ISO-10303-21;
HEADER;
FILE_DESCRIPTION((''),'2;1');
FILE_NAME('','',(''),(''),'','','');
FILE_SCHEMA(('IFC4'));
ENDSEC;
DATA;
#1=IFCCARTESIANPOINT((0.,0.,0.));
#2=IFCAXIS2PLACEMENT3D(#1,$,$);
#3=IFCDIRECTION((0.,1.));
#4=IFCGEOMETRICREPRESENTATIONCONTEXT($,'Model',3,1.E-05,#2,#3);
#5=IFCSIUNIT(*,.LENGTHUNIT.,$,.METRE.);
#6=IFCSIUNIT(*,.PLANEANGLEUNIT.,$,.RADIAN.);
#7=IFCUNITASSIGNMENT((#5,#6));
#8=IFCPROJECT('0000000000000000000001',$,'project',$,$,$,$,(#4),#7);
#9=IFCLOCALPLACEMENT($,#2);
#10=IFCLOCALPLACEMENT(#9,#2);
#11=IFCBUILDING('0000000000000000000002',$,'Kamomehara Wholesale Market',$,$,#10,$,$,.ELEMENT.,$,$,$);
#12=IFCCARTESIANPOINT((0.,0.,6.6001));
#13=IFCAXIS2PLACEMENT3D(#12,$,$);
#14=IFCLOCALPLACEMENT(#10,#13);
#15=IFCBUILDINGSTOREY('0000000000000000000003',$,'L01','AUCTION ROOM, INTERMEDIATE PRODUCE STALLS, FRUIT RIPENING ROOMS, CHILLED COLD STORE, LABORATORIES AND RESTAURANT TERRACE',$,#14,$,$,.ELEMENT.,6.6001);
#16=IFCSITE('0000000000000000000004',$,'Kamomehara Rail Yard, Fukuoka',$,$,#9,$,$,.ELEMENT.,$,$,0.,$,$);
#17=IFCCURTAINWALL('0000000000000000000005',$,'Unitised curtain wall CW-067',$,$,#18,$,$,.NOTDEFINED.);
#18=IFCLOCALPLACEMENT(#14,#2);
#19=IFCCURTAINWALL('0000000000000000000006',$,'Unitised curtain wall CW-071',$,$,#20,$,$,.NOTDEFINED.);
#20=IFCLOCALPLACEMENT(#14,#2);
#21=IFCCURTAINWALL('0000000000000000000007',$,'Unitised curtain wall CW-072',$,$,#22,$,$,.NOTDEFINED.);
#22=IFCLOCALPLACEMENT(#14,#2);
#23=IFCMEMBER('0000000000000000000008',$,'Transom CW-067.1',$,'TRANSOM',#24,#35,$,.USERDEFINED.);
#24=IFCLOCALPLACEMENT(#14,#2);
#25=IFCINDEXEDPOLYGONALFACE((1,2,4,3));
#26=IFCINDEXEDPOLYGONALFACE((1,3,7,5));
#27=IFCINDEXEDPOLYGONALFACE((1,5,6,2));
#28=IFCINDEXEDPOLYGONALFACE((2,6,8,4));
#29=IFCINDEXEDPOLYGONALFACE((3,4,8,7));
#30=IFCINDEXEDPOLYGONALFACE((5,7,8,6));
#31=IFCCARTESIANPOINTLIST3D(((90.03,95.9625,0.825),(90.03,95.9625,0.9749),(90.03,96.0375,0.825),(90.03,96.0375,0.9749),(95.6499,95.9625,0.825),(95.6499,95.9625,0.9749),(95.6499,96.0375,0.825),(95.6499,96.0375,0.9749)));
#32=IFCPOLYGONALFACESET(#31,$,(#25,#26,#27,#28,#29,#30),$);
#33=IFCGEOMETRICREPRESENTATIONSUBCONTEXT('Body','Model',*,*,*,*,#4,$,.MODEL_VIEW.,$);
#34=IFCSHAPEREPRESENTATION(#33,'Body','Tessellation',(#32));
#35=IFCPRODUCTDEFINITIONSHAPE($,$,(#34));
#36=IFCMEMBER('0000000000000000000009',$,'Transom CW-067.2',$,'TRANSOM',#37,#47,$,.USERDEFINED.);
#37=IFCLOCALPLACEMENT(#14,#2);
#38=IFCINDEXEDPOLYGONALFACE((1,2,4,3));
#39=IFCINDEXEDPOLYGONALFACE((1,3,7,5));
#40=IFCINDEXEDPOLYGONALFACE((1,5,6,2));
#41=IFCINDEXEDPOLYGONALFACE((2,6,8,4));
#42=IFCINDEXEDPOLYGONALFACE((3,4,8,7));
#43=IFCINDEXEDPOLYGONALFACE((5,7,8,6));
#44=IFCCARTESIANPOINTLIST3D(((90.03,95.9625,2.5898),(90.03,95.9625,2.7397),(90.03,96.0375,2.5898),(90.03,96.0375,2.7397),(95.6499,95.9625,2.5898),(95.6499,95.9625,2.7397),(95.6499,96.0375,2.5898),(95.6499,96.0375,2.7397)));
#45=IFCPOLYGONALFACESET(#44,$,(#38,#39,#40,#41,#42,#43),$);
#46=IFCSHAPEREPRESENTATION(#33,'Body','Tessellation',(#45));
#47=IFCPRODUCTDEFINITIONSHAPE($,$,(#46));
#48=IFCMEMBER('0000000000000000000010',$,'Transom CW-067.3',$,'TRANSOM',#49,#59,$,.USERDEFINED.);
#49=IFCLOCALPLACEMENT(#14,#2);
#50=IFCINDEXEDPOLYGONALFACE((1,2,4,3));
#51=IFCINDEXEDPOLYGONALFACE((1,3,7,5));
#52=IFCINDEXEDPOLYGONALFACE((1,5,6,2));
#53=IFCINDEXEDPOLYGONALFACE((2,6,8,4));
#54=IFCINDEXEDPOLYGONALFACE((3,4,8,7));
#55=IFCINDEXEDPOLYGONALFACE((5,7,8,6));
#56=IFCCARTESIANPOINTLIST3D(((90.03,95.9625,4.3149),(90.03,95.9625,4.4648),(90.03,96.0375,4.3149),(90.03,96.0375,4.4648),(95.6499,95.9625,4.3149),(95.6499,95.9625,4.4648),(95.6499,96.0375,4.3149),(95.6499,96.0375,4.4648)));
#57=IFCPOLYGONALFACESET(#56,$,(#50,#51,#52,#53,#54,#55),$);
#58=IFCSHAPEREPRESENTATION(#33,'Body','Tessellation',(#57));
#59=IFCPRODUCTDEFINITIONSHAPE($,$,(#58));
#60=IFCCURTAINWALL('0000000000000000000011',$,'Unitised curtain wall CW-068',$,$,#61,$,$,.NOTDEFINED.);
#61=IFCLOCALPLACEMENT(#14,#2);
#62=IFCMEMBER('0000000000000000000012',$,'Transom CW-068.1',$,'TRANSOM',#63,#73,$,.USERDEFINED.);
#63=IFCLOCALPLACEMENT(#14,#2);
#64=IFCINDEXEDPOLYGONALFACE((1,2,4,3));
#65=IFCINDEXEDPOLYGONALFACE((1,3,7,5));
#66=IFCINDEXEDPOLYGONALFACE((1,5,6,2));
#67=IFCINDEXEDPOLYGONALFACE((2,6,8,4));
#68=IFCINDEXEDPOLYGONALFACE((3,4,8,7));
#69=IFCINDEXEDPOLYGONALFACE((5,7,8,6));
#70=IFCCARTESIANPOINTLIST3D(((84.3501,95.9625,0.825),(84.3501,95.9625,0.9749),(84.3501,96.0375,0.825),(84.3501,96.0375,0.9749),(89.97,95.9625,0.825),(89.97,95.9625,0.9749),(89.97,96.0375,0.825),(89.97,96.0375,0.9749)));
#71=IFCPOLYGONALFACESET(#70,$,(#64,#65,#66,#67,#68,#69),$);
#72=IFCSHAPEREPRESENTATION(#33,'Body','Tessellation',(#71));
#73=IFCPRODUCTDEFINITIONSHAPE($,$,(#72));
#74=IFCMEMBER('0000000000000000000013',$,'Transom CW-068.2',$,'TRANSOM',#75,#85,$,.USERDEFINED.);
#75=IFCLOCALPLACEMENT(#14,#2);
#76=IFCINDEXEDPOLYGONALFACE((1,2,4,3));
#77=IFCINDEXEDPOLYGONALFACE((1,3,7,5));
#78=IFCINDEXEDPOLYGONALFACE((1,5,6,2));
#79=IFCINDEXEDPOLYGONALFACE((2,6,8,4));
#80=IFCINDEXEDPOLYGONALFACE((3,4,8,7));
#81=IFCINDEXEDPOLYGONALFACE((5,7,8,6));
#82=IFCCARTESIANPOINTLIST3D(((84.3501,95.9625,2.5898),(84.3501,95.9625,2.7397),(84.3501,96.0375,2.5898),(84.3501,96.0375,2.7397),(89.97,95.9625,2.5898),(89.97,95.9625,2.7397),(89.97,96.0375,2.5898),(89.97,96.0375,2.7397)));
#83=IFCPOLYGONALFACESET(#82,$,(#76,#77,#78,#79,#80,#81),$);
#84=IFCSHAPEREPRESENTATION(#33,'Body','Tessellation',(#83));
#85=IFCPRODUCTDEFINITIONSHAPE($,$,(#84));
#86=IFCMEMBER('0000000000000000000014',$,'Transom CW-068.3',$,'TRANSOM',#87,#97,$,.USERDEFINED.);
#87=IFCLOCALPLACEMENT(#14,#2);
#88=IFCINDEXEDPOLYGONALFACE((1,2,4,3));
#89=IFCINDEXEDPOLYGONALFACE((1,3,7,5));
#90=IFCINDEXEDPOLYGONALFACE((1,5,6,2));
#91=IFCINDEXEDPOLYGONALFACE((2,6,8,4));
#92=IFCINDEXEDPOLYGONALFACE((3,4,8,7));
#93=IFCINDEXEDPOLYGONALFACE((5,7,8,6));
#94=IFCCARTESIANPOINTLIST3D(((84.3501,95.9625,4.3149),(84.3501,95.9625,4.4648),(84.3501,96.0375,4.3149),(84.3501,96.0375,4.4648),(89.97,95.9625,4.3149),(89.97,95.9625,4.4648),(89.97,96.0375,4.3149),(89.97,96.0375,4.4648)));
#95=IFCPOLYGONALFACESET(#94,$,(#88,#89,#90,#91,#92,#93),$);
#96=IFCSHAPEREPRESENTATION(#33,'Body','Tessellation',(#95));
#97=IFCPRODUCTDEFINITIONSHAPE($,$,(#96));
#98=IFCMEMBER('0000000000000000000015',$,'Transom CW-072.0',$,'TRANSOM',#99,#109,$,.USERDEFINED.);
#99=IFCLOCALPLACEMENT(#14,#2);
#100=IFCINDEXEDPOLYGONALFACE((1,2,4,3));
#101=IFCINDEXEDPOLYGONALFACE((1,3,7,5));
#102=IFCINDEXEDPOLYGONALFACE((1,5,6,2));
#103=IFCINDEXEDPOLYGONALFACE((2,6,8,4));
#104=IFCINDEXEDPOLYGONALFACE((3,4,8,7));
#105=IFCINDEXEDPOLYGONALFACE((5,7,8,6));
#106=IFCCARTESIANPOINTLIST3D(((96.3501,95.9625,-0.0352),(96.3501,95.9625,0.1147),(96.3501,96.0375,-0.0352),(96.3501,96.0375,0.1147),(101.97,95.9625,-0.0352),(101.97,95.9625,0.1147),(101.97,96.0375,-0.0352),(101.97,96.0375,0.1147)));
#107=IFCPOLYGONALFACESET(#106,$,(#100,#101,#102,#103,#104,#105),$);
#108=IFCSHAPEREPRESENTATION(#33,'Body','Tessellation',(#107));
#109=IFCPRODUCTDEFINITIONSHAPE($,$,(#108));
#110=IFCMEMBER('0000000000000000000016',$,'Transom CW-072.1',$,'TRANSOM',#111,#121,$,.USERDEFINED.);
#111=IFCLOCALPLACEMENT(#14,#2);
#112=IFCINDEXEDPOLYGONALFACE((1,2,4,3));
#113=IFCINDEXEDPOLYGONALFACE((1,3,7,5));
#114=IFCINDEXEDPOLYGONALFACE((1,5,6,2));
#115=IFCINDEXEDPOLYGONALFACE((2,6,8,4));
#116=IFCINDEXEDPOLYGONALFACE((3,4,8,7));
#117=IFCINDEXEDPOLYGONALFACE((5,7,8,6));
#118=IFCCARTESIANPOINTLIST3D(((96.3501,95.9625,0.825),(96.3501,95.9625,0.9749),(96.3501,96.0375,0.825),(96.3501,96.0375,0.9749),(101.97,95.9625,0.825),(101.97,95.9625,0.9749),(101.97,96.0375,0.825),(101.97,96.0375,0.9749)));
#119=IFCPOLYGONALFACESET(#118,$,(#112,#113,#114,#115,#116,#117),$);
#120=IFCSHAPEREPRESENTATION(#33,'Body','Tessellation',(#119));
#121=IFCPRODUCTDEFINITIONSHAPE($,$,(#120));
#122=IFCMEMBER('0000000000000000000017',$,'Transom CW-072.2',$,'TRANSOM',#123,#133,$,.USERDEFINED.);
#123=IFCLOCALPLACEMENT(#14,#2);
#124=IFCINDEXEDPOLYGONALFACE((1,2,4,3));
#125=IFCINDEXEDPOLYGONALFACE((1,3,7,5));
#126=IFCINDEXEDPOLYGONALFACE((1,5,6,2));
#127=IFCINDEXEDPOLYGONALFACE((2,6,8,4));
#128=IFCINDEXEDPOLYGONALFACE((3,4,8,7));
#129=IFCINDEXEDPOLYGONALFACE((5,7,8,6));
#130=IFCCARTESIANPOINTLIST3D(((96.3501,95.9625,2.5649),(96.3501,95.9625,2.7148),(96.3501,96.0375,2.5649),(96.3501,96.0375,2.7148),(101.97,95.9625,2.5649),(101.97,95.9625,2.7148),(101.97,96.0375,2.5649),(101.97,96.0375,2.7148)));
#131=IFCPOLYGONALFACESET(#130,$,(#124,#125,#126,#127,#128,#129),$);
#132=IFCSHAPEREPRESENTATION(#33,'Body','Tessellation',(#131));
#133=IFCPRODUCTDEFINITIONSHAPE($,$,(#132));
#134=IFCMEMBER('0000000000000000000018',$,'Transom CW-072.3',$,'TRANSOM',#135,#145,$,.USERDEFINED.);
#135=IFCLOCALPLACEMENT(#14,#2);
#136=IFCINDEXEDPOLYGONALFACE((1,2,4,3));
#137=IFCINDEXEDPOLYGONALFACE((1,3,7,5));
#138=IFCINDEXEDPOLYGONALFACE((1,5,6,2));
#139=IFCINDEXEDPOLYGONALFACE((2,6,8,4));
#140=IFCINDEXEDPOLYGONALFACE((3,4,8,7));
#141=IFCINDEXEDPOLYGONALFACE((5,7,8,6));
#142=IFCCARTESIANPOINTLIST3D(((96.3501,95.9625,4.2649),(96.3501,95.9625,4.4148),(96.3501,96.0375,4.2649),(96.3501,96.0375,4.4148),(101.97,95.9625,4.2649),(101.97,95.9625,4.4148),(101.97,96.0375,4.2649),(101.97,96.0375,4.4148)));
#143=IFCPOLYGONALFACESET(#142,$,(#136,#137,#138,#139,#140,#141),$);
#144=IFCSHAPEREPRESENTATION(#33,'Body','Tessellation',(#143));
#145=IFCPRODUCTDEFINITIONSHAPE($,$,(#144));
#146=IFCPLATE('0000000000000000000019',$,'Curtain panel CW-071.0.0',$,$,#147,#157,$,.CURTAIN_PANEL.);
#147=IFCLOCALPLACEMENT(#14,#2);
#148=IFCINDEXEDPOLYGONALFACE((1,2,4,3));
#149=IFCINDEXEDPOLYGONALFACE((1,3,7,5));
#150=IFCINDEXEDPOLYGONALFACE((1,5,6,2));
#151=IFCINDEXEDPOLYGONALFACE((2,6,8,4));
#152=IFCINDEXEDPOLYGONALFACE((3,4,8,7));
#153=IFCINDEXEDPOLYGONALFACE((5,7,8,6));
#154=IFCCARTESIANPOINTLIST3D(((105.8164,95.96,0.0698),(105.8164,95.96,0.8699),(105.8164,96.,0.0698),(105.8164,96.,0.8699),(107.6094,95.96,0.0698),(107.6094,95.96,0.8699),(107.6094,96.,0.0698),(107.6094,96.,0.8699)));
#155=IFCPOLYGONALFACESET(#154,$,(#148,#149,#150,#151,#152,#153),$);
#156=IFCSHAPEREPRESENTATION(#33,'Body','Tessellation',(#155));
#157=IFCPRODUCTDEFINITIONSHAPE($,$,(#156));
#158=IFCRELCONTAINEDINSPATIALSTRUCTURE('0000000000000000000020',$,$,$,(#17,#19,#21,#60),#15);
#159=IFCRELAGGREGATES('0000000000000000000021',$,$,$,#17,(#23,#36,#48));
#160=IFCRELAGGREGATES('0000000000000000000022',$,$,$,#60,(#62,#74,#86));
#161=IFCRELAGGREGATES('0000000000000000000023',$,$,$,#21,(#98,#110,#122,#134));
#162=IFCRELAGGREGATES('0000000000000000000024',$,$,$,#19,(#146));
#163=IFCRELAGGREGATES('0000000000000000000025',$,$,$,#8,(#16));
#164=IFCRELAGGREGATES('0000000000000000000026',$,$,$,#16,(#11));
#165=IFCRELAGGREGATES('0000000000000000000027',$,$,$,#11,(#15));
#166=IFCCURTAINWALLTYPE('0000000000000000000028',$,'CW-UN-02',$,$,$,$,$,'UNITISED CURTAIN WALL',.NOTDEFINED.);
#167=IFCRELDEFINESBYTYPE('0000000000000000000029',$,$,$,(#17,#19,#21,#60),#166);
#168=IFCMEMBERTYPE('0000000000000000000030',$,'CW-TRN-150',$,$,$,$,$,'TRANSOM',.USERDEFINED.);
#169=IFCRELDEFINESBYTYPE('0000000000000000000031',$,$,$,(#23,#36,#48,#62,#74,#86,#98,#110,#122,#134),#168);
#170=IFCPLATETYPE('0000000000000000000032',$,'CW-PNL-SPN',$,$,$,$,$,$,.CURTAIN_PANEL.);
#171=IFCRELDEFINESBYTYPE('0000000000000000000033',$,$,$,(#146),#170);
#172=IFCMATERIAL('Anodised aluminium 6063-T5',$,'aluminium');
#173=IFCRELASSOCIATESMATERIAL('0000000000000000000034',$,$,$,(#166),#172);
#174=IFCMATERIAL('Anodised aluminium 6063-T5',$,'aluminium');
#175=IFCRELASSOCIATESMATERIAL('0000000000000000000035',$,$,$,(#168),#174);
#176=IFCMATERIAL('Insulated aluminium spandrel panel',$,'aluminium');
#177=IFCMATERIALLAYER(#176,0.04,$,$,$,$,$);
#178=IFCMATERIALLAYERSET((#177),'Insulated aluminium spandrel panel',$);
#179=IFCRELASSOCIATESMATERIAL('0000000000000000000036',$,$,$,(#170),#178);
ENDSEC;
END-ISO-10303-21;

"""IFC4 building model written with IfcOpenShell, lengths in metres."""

from ifc_helpers import new_model, si_unit, direction, frame, origin, origin_2d, place, context, subcontext, project, spatial, rectangle, extrude, material, layer, layer_set, material_profile, profile_set, type_object, element, aggregate, save


model = new_model("IFC4")

# Units and contexts
model_context = context("Model", 3, precision=1e-05, world=origin(), true_north=direction((0.0, 1.0)))
body_context = subcontext(model_context, "Body", "Model", "MODEL_VIEW")
ifc_project = project(units=[si_unit("LENGTHUNIT", "METRE"), si_unit("PLANEANGLEUNIT", "RADIAN")], contexts=[model_context])

# Site, building, storey
site_placement = place(None, origin())
site = spatial("IfcSite", under=ifc_project, at=site_placement, Name="Kamomehara Rail Yard, Fukuoka", CompositionType="ELEMENT", RefElevation=0.0)
building_placement = place(site_placement, origin())
building = spatial("IfcBuilding", under=site, at=building_placement, Name="Kamomehara Wholesale Market", CompositionType="ELEMENT")
storey_placement = place(building_placement, frame((0.0, 0.0, 6.6001)))
storey = spatial("IfcBuildingStorey", under=building, at=storey_placement, Name="L01", Description="AUCTION ROOM, INTERMEDIATE PRODUCE STALLS, FRUIT RIPENING ROOMS, CHILLED COLD STORE, LABORATORIES AND RESTAURANT TERRACE", CompositionType="ELEMENT", Elevation=6.6001)

# Curtain walls
ifc_material_1 = material(Name="Anodised aluminium 6063-T5", Category="aluminium")
curtain_wall_type = type_object("IfcCurtainWallType", Name="CW-UN-02", ElementType="UNITISED CURTAIN WALL", PredefinedType="NOTDEFINED", material=ifc_material_1)
curtain_wall_1_placement = place(storey_placement, origin())
curtain_wall_1 = element("IfcCurtainWall", 1, at=curtain_wall_1_placement, inside=storey, type_object=curtain_wall_type, Name="Unitised curtain wall CW-067", PredefinedType="NOTDEFINED")
curtain_wall_2_placement = place(storey_placement, origin())
curtain_wall_2 = element("IfcCurtainWall", 2, at=curtain_wall_2_placement, inside=storey, type_object=curtain_wall_type, Name="Unitised curtain wall CW-071", PredefinedType="NOTDEFINED")
curtain_wall_3_placement = place(storey_placement, origin())
curtain_wall_3 = element("IfcCurtainWall", 3, at=curtain_wall_3_placement, inside=storey, type_object=curtain_wall_type, Name="Unitised curtain wall CW-072", PredefinedType="NOTDEFINED")

# Members
ifc_material_2 = material(Name="Anodised aluminium 6063-T5", Category="aluminium")
ifc_material_profile_1 = material_profile(ifc_material_2, rectangle(XDim=0.075, YDim=0.1499, at=origin_2d()), Name="ALU-TRN-75x150")
ifc_profile_set_1 = profile_set([ifc_material_profile_1], Name="Anodised aluminium 6063-T5")
member_type_1 = type_object("IfcMemberType", Name="CW-TRN-150", ElementType="TRANSOM", PredefinedType="USERDEFINED", material=ifc_profile_set_1)
member_1_placement = place(storey_placement, frame((95.6499, 96.0, 0.8999), z_axis=(-1.0, 0.0, 0.0), x_axis=(0.0, -1.0, 0.0)))
member_1 = element("IfcMember", 4, at=member_1_placement, type_object=member_type_1, Name="Transom CW-067.1", ObjectType="TRANSOM", PredefinedType="USERDEFINED", context=body_context, shape_type="SweptSolid", body=[
    extrude(rectangle(XDim=0.075, YDim=0.1499, at=origin_2d()), origin(), (0.0, 0.0, 1.0), 5.6199),
])
member_2_placement = place(storey_placement, frame((95.6499, 96.0, 2.6648), z_axis=(-1.0, 0.0, 0.0), x_axis=(0.0, -1.0, 0.0)))
member_2 = element("IfcMember", 5, at=member_2_placement, type_object=member_type_1, Name="Transom CW-067.2", ObjectType="TRANSOM", PredefinedType="USERDEFINED", context=body_context, shape_type="SweptSolid", body=[
    extrude(rectangle(XDim=0.075, YDim=0.1499, at=origin_2d()), origin(), (0.0, 0.0, 1.0), 5.6199),
])
member_3_placement = place(storey_placement, frame((95.6499, 96.0, 4.3899), z_axis=(-1.0, 0.0, 0.0), x_axis=(0.0, -1.0, 0.0)))
member_3 = element("IfcMember", 6, at=member_3_placement, type_object=member_type_1, Name="Transom CW-067.3", ObjectType="TRANSOM", PredefinedType="USERDEFINED", context=body_context, shape_type="SweptSolid", body=[
    extrude(rectangle(XDim=0.075, YDim=0.1499, at=origin_2d()), origin(), (0.0, 0.0, 1.0), 5.6199),
])
aggregate(curtain_wall_1, [member_1, member_2, member_3])

# Curtain wall, members
curtain_wall_4_placement = place(storey_placement, origin())
curtain_wall_4 = element("IfcCurtainWall", 7, at=curtain_wall_4_placement, inside=storey, type_object=curtain_wall_type, Name="Unitised curtain wall CW-068", PredefinedType="NOTDEFINED")
member_4_placement = place(storey_placement, frame((89.97, 96.0, 0.8999), z_axis=(-1.0, 0.0, 0.0), x_axis=(0.0, -1.0, 0.0)))
member_4 = element("IfcMember", 8, at=member_4_placement, type_object=member_type_1, Name="Transom CW-068.1", ObjectType="TRANSOM", PredefinedType="USERDEFINED", context=body_context, shape_type="SweptSolid", body=[
    extrude(rectangle(XDim=0.075, YDim=0.1499, at=origin_2d()), origin(), (0.0, 0.0, 1.0), 5.6199),
])
member_5_placement = place(storey_placement, frame((89.97, 96.0, 2.6648), z_axis=(-1.0, 0.0, 0.0), x_axis=(0.0, -1.0, 0.0)))
member_5 = element("IfcMember", 9, at=member_5_placement, type_object=member_type_1, Name="Transom CW-068.2", ObjectType="TRANSOM", PredefinedType="USERDEFINED", context=body_context, shape_type="SweptSolid", body=[
    extrude(rectangle(XDim=0.075, YDim=0.1499, at=origin_2d()), origin(), (0.0, 0.0, 1.0), 5.6199),
])
member_6_placement = place(storey_placement, frame((89.97, 96.0, 4.3899), z_axis=(-1.0, 0.0, 0.0), x_axis=(0.0, -1.0, 0.0)))
member_6 = element("IfcMember", 10, at=member_6_placement, type_object=member_type_1, Name="Transom CW-068.3", ObjectType="TRANSOM", PredefinedType="USERDEFINED", context=body_context, shape_type="SweptSolid", body=[
    extrude(rectangle(XDim=0.075, YDim=0.1499, at=origin_2d()), origin(), (0.0, 0.0, 1.0), 5.6199),
])
aggregate(curtain_wall_4, [member_4, member_5, member_6])

# Members
member_7_placement = place(storey_placement, frame((101.97, 96.0, 0.0398), z_axis=(-1.0, 0.0, 0.0), x_axis=(0.0, -1.0, 0.0)))
member_7 = element("IfcMember", 11, at=member_7_placement, type_object=member_type_1, Name="Transom CW-072.0", ObjectType="TRANSOM", PredefinedType="USERDEFINED", context=body_context, shape_type="SweptSolid", body=[
    extrude(rectangle(XDim=0.075, YDim=0.1499, at=origin_2d()), origin(), (0.0, 0.0, 1.0), 5.6199),
])
member_8_placement = place(storey_placement, frame((101.97, 96.0, 0.8999), z_axis=(-1.0, 0.0, 0.0), x_axis=(0.0, -1.0, 0.0)))
member_8 = element("IfcMember", 12, at=member_8_placement, type_object=member_type_1, Name="Transom CW-072.1", ObjectType="TRANSOM", PredefinedType="USERDEFINED", context=body_context, shape_type="SweptSolid", body=[
    extrude(rectangle(XDim=0.075, YDim=0.1499, at=origin_2d()), origin(), (0.0, 0.0, 1.0), 5.6199),
])
member_9_placement = place(storey_placement, frame((101.97, 96.0, 2.6399), z_axis=(-1.0, 0.0, 0.0), x_axis=(0.0, -1.0, 0.0)))
member_9 = element("IfcMember", 13, at=member_9_placement, type_object=member_type_1, Name="Transom CW-072.2", ObjectType="TRANSOM", PredefinedType="USERDEFINED", context=body_context, shape_type="SweptSolid", body=[
    extrude(rectangle(XDim=0.075, YDim=0.1499, at=origin_2d()), origin(), (0.0, 0.0, 1.0), 5.6199),
])
member_10_placement = place(storey_placement, frame((101.97, 96.0, 4.3398), z_axis=(-1.0, 0.0, 0.0), x_axis=(0.0, -1.0, 0.0)))
member_10 = element("IfcMember", 14, at=member_10_placement, type_object=member_type_1, Name="Transom CW-072.3", ObjectType="TRANSOM", PredefinedType="USERDEFINED", context=body_context, shape_type="SweptSolid", body=[
    extrude(rectangle(XDim=0.075, YDim=0.1499, at=origin_2d()), origin(), (0.0, 0.0, 1.0), 5.6199),
])
aggregate(curtain_wall_3, [member_7, member_8, member_9, member_10])

# Plate
ifc_material_3 = material(Name="Insulated aluminium spandrel panel", Category="aluminium")
ifc_layer = layer(ifc_material_3, 0.04)
ifc_layer_set = layer_set([ifc_layer], Name="Insulated aluminium spandrel panel")
plate_type = type_object("IfcPlateType", Name="CW-PNL-SPN", PredefinedType="CURTAIN_PANEL", material=ifc_layer_set)
plate_placement = place(storey_placement, frame((106.7129, 95.98, 0.0698), z_axis=(0.0, 0.0, 1.0), x_axis=(-1.0, 0.0, 0.0)))
plate = element("IfcPlate", 15, at=plate_placement, type_object=plate_type, Name="Curtain panel CW-071.0.0", PredefinedType="CURTAIN_PANEL", context=body_context, shape_type="SweptSolid", body=[
    extrude(rectangle(XDim=1.793, YDim=0.04, at=origin_2d()), origin(), (0.0, 0.0, 1.0), 0.8),
])
aggregate(curtain_wall_2, [plate])

save(model, "model.ifc")
